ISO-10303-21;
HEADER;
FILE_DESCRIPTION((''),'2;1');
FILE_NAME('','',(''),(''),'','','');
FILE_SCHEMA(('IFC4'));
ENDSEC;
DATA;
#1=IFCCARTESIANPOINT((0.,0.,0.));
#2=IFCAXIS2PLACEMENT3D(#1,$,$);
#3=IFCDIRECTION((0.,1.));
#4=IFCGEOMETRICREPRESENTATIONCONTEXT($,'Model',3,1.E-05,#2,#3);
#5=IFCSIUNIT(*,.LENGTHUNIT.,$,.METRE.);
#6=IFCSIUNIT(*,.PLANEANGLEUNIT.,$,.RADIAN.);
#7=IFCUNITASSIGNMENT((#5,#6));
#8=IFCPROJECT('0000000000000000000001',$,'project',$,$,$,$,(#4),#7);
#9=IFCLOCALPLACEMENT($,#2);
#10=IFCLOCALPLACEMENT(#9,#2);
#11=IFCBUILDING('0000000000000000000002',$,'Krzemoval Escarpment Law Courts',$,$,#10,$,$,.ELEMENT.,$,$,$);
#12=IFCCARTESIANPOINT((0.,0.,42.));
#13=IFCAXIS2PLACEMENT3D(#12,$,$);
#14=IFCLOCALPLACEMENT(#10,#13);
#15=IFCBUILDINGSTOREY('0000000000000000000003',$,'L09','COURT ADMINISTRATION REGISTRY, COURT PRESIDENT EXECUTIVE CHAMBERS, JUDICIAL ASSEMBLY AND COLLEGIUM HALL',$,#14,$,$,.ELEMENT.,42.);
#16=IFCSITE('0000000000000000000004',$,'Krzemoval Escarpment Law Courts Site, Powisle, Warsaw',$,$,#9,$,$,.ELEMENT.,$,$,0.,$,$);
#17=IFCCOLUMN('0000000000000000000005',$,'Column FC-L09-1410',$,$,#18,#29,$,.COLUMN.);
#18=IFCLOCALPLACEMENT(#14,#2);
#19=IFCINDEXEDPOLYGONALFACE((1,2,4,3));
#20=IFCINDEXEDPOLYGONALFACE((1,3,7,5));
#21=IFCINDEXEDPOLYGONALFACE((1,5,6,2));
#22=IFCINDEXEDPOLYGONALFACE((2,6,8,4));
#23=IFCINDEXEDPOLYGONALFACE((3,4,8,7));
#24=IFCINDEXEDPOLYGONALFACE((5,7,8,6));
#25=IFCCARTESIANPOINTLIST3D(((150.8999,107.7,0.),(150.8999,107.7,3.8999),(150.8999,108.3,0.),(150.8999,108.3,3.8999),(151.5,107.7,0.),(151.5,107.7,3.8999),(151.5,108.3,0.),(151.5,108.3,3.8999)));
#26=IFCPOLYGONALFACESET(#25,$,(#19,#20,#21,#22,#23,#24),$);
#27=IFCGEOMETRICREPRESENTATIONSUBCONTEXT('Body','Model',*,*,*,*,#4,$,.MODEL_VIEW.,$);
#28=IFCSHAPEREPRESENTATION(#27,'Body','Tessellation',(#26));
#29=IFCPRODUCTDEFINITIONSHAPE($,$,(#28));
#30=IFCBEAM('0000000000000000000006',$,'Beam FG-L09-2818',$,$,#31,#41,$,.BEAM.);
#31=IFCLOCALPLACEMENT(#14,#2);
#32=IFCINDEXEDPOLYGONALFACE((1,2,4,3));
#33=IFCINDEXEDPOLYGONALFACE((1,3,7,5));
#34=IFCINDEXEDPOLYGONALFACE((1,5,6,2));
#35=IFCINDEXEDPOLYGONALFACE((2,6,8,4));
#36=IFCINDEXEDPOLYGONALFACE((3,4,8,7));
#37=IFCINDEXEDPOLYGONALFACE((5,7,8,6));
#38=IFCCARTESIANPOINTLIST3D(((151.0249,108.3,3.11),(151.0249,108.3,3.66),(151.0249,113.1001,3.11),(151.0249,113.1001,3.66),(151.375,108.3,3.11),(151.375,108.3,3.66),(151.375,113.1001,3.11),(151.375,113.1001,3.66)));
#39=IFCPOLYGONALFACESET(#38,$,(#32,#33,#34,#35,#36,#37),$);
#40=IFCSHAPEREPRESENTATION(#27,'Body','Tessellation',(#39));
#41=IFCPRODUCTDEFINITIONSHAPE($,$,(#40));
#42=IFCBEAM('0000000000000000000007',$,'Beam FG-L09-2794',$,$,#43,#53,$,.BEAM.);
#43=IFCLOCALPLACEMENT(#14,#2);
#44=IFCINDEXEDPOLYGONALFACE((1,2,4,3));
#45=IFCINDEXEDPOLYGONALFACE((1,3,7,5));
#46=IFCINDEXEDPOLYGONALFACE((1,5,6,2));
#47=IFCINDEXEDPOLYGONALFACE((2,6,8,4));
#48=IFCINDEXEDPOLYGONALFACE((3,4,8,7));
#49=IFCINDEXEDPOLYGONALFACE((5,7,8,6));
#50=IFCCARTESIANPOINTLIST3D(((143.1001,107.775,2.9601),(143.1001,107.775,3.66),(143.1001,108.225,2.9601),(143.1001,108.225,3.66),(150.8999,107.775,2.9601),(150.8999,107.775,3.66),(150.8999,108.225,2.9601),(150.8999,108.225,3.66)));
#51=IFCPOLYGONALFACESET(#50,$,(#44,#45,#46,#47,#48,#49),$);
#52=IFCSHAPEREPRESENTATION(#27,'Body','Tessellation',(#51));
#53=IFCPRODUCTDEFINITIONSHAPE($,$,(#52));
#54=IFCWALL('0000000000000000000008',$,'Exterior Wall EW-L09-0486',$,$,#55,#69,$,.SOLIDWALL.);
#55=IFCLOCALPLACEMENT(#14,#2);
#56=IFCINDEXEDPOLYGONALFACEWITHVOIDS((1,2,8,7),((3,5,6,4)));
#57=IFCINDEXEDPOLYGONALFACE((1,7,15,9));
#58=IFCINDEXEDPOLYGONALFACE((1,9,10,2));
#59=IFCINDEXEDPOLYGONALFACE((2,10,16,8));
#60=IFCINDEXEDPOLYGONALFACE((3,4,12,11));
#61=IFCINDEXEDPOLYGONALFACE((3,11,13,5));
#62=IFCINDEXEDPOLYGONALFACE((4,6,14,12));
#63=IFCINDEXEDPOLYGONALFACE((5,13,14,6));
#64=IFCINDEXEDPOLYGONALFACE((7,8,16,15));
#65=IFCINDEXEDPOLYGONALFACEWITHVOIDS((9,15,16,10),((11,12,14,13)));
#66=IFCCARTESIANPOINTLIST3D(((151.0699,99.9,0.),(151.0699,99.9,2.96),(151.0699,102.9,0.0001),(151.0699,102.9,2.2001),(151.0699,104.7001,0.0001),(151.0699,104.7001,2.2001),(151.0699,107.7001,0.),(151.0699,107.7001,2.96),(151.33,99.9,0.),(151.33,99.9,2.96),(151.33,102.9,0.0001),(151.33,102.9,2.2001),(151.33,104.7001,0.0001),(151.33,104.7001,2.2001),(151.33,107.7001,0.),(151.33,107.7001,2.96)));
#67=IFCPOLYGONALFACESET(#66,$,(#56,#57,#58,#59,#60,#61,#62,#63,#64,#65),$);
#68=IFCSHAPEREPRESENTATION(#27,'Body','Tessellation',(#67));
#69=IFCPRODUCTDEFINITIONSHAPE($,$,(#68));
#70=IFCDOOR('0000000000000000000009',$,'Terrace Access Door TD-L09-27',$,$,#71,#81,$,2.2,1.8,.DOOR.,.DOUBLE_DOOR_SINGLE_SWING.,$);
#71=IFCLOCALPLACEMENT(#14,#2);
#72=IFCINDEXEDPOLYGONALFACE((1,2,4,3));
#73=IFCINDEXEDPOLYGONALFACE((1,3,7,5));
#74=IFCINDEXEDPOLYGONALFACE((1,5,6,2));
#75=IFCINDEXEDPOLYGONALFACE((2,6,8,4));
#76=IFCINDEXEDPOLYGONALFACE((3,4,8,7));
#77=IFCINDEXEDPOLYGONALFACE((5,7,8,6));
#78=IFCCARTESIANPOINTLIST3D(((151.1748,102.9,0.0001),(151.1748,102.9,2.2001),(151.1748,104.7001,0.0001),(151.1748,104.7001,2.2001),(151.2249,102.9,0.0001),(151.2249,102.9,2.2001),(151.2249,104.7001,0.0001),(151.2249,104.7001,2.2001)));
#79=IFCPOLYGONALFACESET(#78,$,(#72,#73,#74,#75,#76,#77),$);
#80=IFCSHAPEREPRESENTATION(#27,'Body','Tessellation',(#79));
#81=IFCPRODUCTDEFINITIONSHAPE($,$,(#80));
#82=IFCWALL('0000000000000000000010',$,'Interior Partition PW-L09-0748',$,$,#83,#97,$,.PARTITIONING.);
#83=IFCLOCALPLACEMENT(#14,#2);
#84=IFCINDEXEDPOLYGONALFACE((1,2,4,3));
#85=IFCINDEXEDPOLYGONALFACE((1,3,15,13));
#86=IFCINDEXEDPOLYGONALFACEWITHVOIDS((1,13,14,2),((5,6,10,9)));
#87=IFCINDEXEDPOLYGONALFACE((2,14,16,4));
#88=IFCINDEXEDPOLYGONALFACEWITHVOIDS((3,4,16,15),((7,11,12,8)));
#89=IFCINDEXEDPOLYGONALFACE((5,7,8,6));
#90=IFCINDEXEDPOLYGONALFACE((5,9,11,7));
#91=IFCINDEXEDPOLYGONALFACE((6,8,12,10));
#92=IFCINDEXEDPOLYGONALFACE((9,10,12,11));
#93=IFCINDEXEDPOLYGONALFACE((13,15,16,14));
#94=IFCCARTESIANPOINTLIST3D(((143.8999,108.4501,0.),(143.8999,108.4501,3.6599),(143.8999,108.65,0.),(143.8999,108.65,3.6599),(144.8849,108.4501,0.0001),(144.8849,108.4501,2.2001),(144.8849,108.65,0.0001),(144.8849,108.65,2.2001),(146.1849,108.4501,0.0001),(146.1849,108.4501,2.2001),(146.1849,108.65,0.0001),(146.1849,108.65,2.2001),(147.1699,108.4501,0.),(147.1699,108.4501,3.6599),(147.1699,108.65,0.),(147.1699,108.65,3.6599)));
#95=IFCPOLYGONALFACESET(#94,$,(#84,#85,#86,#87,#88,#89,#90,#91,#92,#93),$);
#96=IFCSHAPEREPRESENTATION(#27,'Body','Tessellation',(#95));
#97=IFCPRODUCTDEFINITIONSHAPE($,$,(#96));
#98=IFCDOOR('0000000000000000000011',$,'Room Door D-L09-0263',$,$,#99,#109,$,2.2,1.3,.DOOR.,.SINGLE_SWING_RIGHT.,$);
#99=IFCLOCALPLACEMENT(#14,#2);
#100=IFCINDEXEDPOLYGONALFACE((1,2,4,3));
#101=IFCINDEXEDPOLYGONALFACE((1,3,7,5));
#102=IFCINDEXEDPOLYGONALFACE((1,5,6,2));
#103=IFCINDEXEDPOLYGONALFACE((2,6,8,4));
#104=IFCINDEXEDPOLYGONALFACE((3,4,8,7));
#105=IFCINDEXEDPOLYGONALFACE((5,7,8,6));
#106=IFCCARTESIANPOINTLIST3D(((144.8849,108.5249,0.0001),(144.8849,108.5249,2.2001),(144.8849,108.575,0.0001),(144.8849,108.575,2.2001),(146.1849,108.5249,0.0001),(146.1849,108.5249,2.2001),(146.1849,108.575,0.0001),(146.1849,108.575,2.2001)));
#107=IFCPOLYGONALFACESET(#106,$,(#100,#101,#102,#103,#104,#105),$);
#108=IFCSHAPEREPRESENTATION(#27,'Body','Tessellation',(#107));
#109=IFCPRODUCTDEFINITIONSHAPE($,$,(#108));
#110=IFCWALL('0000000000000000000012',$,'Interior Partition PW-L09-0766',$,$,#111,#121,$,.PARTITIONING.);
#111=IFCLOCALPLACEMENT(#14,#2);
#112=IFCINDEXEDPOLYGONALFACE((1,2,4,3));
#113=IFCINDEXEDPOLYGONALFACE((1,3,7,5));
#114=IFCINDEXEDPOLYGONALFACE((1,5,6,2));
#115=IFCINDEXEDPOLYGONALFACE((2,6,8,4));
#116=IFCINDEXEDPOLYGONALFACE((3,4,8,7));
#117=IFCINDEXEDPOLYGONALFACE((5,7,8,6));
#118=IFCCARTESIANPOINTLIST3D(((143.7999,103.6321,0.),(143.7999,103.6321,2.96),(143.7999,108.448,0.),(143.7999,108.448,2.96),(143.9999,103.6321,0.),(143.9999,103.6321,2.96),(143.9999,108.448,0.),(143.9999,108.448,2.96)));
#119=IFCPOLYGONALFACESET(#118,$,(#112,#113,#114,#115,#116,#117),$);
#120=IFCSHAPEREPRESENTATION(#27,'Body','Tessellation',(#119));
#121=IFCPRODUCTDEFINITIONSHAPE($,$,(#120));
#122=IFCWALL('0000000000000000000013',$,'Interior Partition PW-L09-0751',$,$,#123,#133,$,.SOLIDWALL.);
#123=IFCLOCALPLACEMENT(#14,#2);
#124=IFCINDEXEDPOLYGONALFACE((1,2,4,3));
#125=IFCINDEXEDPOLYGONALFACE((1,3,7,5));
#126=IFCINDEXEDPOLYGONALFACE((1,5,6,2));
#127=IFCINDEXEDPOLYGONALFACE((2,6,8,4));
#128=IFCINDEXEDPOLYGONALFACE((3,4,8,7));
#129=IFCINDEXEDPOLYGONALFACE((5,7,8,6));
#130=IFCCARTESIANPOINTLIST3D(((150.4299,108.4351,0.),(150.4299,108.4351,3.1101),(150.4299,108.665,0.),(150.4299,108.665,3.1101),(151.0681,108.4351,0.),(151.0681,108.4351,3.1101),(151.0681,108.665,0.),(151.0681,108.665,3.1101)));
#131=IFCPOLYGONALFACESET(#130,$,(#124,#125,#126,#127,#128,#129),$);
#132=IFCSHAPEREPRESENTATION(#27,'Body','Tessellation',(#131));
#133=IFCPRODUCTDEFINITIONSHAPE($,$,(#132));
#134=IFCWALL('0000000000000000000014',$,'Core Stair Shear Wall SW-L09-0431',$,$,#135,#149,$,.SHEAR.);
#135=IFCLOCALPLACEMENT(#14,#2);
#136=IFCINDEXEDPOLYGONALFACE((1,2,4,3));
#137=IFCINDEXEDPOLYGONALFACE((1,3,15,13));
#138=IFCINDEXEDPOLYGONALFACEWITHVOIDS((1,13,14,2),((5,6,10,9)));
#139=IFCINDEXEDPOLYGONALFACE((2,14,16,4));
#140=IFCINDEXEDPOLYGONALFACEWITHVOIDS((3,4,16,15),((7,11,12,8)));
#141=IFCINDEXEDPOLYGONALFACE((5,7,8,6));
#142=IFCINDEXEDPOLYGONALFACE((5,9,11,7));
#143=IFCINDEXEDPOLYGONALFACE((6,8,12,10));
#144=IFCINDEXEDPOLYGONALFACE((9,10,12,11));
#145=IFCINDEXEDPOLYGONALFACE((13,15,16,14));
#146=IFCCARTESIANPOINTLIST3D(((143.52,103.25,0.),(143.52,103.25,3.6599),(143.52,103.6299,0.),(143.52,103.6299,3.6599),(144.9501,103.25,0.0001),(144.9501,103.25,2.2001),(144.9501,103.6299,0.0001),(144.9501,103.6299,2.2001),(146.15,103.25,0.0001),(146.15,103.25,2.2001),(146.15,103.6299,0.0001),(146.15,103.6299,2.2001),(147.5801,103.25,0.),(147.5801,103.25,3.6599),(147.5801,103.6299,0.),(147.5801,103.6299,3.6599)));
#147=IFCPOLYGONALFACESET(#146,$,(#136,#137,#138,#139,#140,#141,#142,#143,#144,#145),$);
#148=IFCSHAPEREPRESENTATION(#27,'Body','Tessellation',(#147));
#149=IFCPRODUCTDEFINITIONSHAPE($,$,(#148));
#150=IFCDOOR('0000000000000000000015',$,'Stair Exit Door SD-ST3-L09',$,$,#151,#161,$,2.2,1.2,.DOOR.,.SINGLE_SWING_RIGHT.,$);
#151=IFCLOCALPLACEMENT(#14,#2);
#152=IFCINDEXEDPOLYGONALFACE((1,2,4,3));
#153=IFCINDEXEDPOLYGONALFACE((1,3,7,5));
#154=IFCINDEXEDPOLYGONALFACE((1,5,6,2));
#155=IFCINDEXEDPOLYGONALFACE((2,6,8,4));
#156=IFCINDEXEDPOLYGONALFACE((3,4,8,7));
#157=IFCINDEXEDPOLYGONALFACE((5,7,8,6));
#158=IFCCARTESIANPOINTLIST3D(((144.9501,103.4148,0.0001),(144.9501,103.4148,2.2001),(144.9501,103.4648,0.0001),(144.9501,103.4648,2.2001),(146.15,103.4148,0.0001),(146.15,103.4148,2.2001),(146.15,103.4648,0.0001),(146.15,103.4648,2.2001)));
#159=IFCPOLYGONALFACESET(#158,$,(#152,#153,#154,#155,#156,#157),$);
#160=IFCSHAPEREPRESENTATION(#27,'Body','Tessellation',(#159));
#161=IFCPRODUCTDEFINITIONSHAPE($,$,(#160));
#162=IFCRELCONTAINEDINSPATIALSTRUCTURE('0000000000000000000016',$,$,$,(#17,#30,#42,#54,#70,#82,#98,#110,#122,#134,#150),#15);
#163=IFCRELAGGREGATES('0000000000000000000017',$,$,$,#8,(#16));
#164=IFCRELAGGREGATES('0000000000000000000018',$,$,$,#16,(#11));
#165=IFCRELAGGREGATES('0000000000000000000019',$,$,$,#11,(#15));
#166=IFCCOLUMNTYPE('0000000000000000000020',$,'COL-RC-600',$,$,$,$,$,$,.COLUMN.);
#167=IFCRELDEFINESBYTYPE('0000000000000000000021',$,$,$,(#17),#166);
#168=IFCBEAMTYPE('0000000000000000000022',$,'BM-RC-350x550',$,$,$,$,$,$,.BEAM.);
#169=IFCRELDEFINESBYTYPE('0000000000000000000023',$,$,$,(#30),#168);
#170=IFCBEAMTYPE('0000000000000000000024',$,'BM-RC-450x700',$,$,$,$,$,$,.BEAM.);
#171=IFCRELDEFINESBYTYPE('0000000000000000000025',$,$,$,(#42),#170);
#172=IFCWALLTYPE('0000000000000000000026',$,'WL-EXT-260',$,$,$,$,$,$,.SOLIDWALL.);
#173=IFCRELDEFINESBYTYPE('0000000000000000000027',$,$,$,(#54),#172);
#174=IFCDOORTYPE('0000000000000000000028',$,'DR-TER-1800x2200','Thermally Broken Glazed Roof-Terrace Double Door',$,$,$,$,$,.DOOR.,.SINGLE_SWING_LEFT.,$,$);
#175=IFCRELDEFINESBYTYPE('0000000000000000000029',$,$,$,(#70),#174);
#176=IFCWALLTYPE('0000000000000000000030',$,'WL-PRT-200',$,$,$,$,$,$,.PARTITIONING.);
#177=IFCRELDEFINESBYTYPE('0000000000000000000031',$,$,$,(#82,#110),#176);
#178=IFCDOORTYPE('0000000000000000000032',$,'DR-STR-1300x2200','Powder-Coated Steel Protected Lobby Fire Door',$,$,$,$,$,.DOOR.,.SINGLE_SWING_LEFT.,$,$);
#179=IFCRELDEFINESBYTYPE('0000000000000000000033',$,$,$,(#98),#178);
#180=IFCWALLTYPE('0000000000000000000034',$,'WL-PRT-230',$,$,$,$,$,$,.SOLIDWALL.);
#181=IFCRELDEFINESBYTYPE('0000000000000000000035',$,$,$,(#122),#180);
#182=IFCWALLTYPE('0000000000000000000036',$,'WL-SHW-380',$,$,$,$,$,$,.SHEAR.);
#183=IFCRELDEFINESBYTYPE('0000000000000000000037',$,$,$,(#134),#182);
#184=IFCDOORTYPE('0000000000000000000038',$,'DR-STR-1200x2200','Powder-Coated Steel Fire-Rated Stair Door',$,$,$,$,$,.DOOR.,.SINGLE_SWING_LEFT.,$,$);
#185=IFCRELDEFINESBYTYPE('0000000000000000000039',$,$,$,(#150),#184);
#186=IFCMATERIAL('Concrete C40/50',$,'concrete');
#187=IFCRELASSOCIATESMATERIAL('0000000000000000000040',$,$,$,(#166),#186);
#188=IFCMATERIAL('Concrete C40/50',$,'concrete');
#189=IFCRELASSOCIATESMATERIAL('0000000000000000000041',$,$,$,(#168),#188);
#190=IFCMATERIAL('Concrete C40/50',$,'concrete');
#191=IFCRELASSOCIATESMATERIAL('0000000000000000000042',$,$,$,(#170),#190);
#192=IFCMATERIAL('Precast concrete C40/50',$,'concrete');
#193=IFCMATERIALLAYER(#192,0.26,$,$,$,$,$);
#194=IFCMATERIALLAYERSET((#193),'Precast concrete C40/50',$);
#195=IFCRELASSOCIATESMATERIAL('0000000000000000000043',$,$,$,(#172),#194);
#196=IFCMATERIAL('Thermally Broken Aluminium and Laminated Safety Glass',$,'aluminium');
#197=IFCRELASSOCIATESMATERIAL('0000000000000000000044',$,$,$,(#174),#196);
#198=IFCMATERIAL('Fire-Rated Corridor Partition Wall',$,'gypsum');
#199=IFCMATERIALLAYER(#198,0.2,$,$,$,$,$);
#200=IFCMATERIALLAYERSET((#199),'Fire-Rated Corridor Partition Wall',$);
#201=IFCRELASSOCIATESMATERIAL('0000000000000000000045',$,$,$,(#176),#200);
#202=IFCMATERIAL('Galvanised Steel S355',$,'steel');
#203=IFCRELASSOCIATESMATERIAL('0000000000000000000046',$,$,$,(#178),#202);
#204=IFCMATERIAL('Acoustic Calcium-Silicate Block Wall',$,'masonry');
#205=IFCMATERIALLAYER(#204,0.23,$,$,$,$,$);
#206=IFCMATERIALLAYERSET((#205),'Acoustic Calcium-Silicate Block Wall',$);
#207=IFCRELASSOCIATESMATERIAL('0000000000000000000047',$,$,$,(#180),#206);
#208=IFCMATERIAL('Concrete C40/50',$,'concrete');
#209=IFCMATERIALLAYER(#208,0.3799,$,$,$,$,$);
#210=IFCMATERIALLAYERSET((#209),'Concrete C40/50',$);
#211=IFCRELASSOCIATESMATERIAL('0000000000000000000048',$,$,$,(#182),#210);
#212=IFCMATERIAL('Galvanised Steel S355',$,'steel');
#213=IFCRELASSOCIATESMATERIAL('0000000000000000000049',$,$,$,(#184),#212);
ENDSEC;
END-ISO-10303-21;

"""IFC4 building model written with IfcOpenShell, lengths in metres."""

from ifc_helpers import new_model, si_unit, direction, frame, frame_2d, origin, origin_2d, place, context, subcontext, project, spatial, rectangle, extrude, material, layer, layer_set, material_profile, profile_set, type_object, element, fill, save


model = new_model("IFC4")

# Units and contexts
model_context = context("Model", 3, precision=1e-05, world=origin(), true_north=direction((0.0, 1.0)))
body_context = subcontext(model_context, "Body", "Model", "MODEL_VIEW")
ifc_project = project(units=[si_unit("LENGTHUNIT", "METRE"), si_unit("PLANEANGLEUNIT", "RADIAN")], contexts=[model_context])

# Site, building, storey
site_placement = place(None, origin())
site = spatial("IfcSite", under=ifc_project, at=site_placement, Name="Krzemoval Escarpment Law Courts Site, Powisle, Warsaw", CompositionType="ELEMENT", RefElevation=0.0)
building_placement = place(site_placement, origin())
building = spatial("IfcBuilding", under=site, at=building_placement, Name="Krzemoval Escarpment Law Courts", CompositionType="ELEMENT")
storey_placement = place(building_placement, frame((0.0, 0.0, 42.0)))
storey = spatial("IfcBuildingStorey", under=building, at=storey_placement, Name="L09", Description="COURT ADMINISTRATION REGISTRY, COURT PRESIDENT EXECUTIVE CHAMBERS, JUDICIAL ASSEMBLY AND COLLEGIUM HALL", CompositionType="ELEMENT", Elevation=42.0)

# Column
ifc_material_1 = material(Name="Concrete C40/50", Category="concrete")
ifc_material_profile_1 = material_profile(ifc_material_1, rectangle(XDim=0.6001, YDim=0.6001, at=origin_2d()), Name="RC 600x600")
ifc_profile_set_1 = profile_set([ifc_material_profile_1], Name="Concrete C40/50")
column_type = type_object("IfcColumnType", Name="COL-RC-600", PredefinedType="COLUMN", material=ifc_profile_set_1)
column_placement = place(storey_placement, frame((151.2, 108.0, 0.0), z_axis=(0.0, 0.0, 1.0), x_axis=(1.0, 0.0, 0.0)))
element("IfcColumn", 1, at=column_placement, inside=storey, type_object=column_type, Name="Column FC-L09-1410", PredefinedType="COLUMN", context=body_context, shape_type="SweptSolid", body=[
    extrude(rectangle(XDim=0.6001, YDim=0.6001, at=origin_2d()), origin(), (0.0, 0.0, 1.0), 3.8999),
])

# Beams
ifc_material_2 = material(Name="Concrete C40/50", Category="concrete")
ifc_material_profile_2 = material_profile(ifc_material_2, rectangle(XDim=0.3501, YDim=0.55, at=origin_2d()), Name="RCB 350x550")
ifc_profile_set_2 = profile_set([ifc_material_profile_2], Name="Concrete C40/50")
beam_type_1 = type_object("IfcBeamType", Name="BM-RC-350x550", PredefinedType="BEAM", material=ifc_profile_set_2)
beam_1_placement = place(storey_placement, frame((151.2, 108.3, 3.385), z_axis=(0.0, 1.0, 0.0), x_axis=(-1.0, 0.0, 0.0)))
element("IfcBeam", 2, at=beam_1_placement, inside=storey, type_object=beam_type_1, Name="Beam FG-L09-2818", PredefinedType="BEAM", context=body_context, shape_type="SweptSolid", body=[
    extrude(rectangle(XDim=0.3501, YDim=0.55, at=origin_2d()), origin(), (0.0, 0.0, 1.0), 4.8),
])
ifc_material_3 = material(Name="Concrete C40/50", Category="concrete")
ifc_material_profile_3 = material_profile(ifc_material_3, rectangle(XDim=0.45, YDim=0.7, at=origin_2d()), Name="RCB 450x700")
ifc_profile_set_3 = profile_set([ifc_material_profile_3], Name="Concrete C40/50")
beam_type_2 = type_object("IfcBeamType", Name="BM-RC-450x700", PredefinedType="BEAM", material=ifc_profile_set_3)
beam_2_placement = place(storey_placement, frame((143.1001, 108.0, 3.3101), z_axis=(1.0, 0.0, 0.0), x_axis=(0.0, 1.0, 0.0)))
element("IfcBeam", 3, at=beam_2_placement, inside=storey, type_object=beam_type_2, Name="Beam FG-L09-2794", PredefinedType="BEAM", context=body_context, shape_type="SweptSolid", body=[
    extrude(rectangle(XDim=0.45, YDim=0.7, at=origin_2d()), origin(), (0.0, 0.0, 1.0), 7.7998),
])

# Walls, openings, doors
ifc_material_4 = material(Name="Precast concrete C40/50", Category="concrete")
ifc_layer_1 = layer(ifc_material_4, 0.26)
ifc_layer_set_1 = layer_set([ifc_layer_1], Name="Precast concrete C40/50")
wall_type_1 = type_object("IfcWallType", Name="WL-EXT-260", PredefinedType="SOLIDWALL", material=ifc_layer_set_1)
wall_1_placement = place(storey_placement, frame((151.2, 107.7, 0.0), z_axis=(0.0, 0.0, 1.0), x_axis=(0.0, -1.0, 0.0)))
wall_1 = element("IfcWall", 4, at=wall_1_placement, inside=storey, type_object=wall_type_1, Name="Exterior Wall EW-L09-0486", PredefinedType="SOLIDWALL", context=body_context, shape_type="SweptSolid", body=[
    extrude(rectangle(XDim=7.8, YDim=0.26, at=frame_2d((3.8999, 0.0))), origin(), (0.0, 0.0, 1.0), 2.96),
])
opening_1_placement = place(wall_1_placement, frame((3.0, 0.0, 0.0)))
opening_1 = element("IfcOpeningElement", 5, at=opening_1_placement, cuts=wall_1, PredefinedType="OPENING", context=body_context, shape_type="SweptSolid", body=[
    extrude(rectangle(XDim=1.8, YDim=2.2, at=frame_2d((0.8999, 1.1001))), frame((0.0, 0.145, 0.0), z_axis=(0.0, -1.0, 0.0), x_axis=(1.0, 0.0, 0.0)), (0.0, 0.0, 1.0), 0.29),
])
ifc_material_5 = material(Name="Thermally Broken Aluminium and Laminated Safety Glass", Category="aluminium")
door_type_1 = type_object("IfcDoorType", Name="DR-TER-1800x2200", Description="Thermally Broken Glazed Roof-Terrace Double Door", OperationType="SINGLE_SWING_LEFT", PredefinedType="DOOR", material=ifc_material_5)
door_1_placement = place(opening_1_placement, origin())
door_1 = element("IfcDoor", 6, at=door_1_placement, inside=storey, type_object=door_type_1, Name="Terrace Access Door TD-L09-27", OperationType="DOUBLE_DOOR_SINGLE_SWING", OverallHeight=2.2, OverallWidth=1.8, PredefinedType="DOOR", context=body_context, shape_type="SweptSolid", body=[
    extrude(rectangle(XDim=1.8, YDim=2.2, at=frame_2d((0.8999, 1.1001))), frame((0.0, 0.0249, 0.0), z_axis=(0.0, -1.0, 0.0), x_axis=(1.0, 0.0, 0.0)), (0.0, 0.0, 1.0), 0.05),
])
fill(opening_1, door_1)
ifc_material_6 = material(Name="Fire-Rated Corridor Partition Wall", Category="gypsum")
ifc_layer_2 = layer(ifc_material_6, 0.2)
ifc_layer_set_2 = layer_set([ifc_layer_2], Name="Fire-Rated Corridor Partition Wall")
wall_type_2 = type_object("IfcWallType", Name="WL-PRT-200", PredefinedType="PARTITIONING", material=ifc_layer_set_2)
wall_2_placement = place(storey_placement, frame((143.8999, 108.55, 0.0), z_axis=(0.0, 0.0, 1.0), x_axis=(1.0, 0.0, 0.0)))
wall_2 = element("IfcWall", 7, at=wall_2_placement, inside=storey, type_object=wall_type_2, Name="Interior Partition PW-L09-0748", PredefinedType="PARTITIONING", context=body_context, shape_type="SweptSolid", body=[
    extrude(rectangle(XDim=3.27, YDim=0.2, at=frame_2d((1.635, 0.0))), origin(), (0.0, 0.0, 1.0), 3.6599),
])
opening_2_placement = place(wall_2_placement, frame((0.9851, 0.0, 0.0)))
opening_2 = element("IfcOpeningElement", 8, at=opening_2_placement, cuts=wall_2, PredefinedType="OPENING", context=body_context, shape_type="SweptSolid", body=[
    extrude(rectangle(XDim=1.3, YDim=2.2, at=frame_2d((0.6499, 1.1001))), frame((0.0, 0.115, 0.0), z_axis=(0.0, -1.0, 0.0), x_axis=(1.0, 0.0, 0.0)), (0.0, 0.0, 1.0), 0.2299),
])
ifc_material_7 = material(Name="Galvanised Steel S355", Category="steel")
door_type_2 = type_object("IfcDoorType", Name="DR-STR-1300x2200", Description="Powder-Coated Steel Protected Lobby Fire Door", OperationType="SINGLE_SWING_LEFT", PredefinedType="DOOR", material=ifc_material_7)
door_2_placement = place(opening_2_placement, origin())
door_2 = element("IfcDoor", 9, at=door_2_placement, inside=storey, type_object=door_type_2, Name="Room Door D-L09-0263", OperationType="SINGLE_SWING_RIGHT", OverallHeight=2.2, OverallWidth=1.3, PredefinedType="DOOR", context=body_context, shape_type="SweptSolid", body=[
    extrude(rectangle(XDim=1.3, YDim=2.2, at=frame_2d((0.6499, 1.1001))), frame((0.0, 0.0249, 0.0), z_axis=(0.0, -1.0, 0.0), x_axis=(1.0, 0.0, 0.0)), (0.0, 0.0, 1.0), 0.05),
])
fill(opening_2, door_2)

# Walls
wall_3_placement = place(storey_placement, frame((143.8999, 103.6321, 0.0), z_axis=(0.0, 0.0, 1.0), x_axis=(0.0, 1.0, 0.0)))
element("IfcWall", 10, at=wall_3_placement, inside=storey, type_object=wall_type_2, Name="Interior Partition PW-L09-0766", PredefinedType="PARTITIONING", context=body_context, shape_type="SweptSolid", body=[
    extrude(rectangle(XDim=4.8159, YDim=0.2, at=frame_2d((2.408, 0.0))), origin(), (0.0, 0.0, 1.0), 2.96),
])
ifc_material_8 = material(Name="Acoustic Calcium-Silicate Block Wall", Category="masonry")
ifc_layer_3 = layer(ifc_material_8, 0.23)
ifc_layer_set_3 = layer_set([ifc_layer_3], Name="Acoustic Calcium-Silicate Block Wall")
wall_type_3 = type_object("IfcWallType", Name="WL-PRT-230", PredefinedType="SOLIDWALL", material=ifc_layer_set_3)
wall_4_placement = place(storey_placement, frame((150.4299, 108.55, 0.0), z_axis=(0.0, 0.0, 1.0), x_axis=(1.0, 0.0, 0.0)))
element("IfcWall", 11, at=wall_4_placement, inside=storey, type_object=wall_type_3, Name="Interior Partition PW-L09-0751", PredefinedType="SOLIDWALL", context=body_context, shape_type="SweptSolid", body=[
    extrude(rectangle(XDim=0.6382, YDim=0.23, at=frame_2d((0.3191, 0.0))), origin(), (0.0, 0.0, 1.0), 3.1101),
])

# Wall, opening, door
ifc_material_9 = material(Name="Concrete C40/50", Category="concrete")
ifc_layer_4 = layer(ifc_material_9, 0.3799)
ifc_layer_set_4 = layer_set([ifc_layer_4], Name="Concrete C40/50")
wall_type_4 = type_object("IfcWallType", Name="WL-SHW-380", PredefinedType="SHEAR", material=ifc_layer_set_4)
wall_5_placement = place(storey_placement, frame((143.52, 103.4399, 0.0), z_axis=(0.0, 0.0, 1.0), x_axis=(1.0, 0.0, 0.0)))
wall_5 = element("IfcWall", 12, at=wall_5_placement, inside=storey, type_object=wall_type_4, Name="Core Stair Shear Wall SW-L09-0431", PredefinedType="SHEAR", context=body_context, shape_type="SweptSolid", body=[
    extrude(rectangle(XDim=4.0601, YDim=0.3799, at=frame_2d((2.03, 0.0))), origin(), (0.0, 0.0, 1.0), 3.6599),
])
opening_3_placement = place(wall_5_placement, frame((1.4299, 0.0, 0.0)))
opening_3 = element("IfcOpeningElement", 13, at=opening_3_placement, cuts=wall_5, PredefinedType="OPENING", context=body_context, shape_type="SweptSolid", body=[
    extrude(rectangle(XDim=1.2, YDim=2.2, at=frame_2d((0.6001, 1.1001))), frame((0.0, 0.2049, 0.0), z_axis=(0.0, -1.0, 0.0), x_axis=(1.0, 0.0, 0.0)), (0.0, 0.0, 1.0), 0.4099),
])
ifc_material_10 = material(Name="Galvanised Steel S355", Category="steel")
door_type_3 = type_object("IfcDoorType", Name="DR-STR-1200x2200", Description="Powder-Coated Steel Fire-Rated Stair Door", OperationType="SINGLE_SWING_LEFT", PredefinedType="DOOR", material=ifc_material_10)
door_3_placement = place(opening_3_placement, origin())
door_3 = element("IfcDoor", 14, at=door_3_placement, inside=storey, type_object=door_type_3, Name="Stair Exit Door SD-ST3-L09", OperationType="SINGLE_SWING_RIGHT", OverallHeight=2.2, OverallWidth=1.2, PredefinedType="DOOR", context=body_context, shape_type="SweptSolid", body=[
    extrude(rectangle(XDim=1.2, YDim=2.2, at=frame_2d((0.6001, 1.1001))), frame((0.0, 0.0249, 0.0), z_axis=(0.0, -1.0, 0.0), x_axis=(1.0, 0.0, 0.0)), (0.0, 0.0, 1.0), 0.05),
])
fill(opening_3, door_3)

save(model, "model.ifc")
